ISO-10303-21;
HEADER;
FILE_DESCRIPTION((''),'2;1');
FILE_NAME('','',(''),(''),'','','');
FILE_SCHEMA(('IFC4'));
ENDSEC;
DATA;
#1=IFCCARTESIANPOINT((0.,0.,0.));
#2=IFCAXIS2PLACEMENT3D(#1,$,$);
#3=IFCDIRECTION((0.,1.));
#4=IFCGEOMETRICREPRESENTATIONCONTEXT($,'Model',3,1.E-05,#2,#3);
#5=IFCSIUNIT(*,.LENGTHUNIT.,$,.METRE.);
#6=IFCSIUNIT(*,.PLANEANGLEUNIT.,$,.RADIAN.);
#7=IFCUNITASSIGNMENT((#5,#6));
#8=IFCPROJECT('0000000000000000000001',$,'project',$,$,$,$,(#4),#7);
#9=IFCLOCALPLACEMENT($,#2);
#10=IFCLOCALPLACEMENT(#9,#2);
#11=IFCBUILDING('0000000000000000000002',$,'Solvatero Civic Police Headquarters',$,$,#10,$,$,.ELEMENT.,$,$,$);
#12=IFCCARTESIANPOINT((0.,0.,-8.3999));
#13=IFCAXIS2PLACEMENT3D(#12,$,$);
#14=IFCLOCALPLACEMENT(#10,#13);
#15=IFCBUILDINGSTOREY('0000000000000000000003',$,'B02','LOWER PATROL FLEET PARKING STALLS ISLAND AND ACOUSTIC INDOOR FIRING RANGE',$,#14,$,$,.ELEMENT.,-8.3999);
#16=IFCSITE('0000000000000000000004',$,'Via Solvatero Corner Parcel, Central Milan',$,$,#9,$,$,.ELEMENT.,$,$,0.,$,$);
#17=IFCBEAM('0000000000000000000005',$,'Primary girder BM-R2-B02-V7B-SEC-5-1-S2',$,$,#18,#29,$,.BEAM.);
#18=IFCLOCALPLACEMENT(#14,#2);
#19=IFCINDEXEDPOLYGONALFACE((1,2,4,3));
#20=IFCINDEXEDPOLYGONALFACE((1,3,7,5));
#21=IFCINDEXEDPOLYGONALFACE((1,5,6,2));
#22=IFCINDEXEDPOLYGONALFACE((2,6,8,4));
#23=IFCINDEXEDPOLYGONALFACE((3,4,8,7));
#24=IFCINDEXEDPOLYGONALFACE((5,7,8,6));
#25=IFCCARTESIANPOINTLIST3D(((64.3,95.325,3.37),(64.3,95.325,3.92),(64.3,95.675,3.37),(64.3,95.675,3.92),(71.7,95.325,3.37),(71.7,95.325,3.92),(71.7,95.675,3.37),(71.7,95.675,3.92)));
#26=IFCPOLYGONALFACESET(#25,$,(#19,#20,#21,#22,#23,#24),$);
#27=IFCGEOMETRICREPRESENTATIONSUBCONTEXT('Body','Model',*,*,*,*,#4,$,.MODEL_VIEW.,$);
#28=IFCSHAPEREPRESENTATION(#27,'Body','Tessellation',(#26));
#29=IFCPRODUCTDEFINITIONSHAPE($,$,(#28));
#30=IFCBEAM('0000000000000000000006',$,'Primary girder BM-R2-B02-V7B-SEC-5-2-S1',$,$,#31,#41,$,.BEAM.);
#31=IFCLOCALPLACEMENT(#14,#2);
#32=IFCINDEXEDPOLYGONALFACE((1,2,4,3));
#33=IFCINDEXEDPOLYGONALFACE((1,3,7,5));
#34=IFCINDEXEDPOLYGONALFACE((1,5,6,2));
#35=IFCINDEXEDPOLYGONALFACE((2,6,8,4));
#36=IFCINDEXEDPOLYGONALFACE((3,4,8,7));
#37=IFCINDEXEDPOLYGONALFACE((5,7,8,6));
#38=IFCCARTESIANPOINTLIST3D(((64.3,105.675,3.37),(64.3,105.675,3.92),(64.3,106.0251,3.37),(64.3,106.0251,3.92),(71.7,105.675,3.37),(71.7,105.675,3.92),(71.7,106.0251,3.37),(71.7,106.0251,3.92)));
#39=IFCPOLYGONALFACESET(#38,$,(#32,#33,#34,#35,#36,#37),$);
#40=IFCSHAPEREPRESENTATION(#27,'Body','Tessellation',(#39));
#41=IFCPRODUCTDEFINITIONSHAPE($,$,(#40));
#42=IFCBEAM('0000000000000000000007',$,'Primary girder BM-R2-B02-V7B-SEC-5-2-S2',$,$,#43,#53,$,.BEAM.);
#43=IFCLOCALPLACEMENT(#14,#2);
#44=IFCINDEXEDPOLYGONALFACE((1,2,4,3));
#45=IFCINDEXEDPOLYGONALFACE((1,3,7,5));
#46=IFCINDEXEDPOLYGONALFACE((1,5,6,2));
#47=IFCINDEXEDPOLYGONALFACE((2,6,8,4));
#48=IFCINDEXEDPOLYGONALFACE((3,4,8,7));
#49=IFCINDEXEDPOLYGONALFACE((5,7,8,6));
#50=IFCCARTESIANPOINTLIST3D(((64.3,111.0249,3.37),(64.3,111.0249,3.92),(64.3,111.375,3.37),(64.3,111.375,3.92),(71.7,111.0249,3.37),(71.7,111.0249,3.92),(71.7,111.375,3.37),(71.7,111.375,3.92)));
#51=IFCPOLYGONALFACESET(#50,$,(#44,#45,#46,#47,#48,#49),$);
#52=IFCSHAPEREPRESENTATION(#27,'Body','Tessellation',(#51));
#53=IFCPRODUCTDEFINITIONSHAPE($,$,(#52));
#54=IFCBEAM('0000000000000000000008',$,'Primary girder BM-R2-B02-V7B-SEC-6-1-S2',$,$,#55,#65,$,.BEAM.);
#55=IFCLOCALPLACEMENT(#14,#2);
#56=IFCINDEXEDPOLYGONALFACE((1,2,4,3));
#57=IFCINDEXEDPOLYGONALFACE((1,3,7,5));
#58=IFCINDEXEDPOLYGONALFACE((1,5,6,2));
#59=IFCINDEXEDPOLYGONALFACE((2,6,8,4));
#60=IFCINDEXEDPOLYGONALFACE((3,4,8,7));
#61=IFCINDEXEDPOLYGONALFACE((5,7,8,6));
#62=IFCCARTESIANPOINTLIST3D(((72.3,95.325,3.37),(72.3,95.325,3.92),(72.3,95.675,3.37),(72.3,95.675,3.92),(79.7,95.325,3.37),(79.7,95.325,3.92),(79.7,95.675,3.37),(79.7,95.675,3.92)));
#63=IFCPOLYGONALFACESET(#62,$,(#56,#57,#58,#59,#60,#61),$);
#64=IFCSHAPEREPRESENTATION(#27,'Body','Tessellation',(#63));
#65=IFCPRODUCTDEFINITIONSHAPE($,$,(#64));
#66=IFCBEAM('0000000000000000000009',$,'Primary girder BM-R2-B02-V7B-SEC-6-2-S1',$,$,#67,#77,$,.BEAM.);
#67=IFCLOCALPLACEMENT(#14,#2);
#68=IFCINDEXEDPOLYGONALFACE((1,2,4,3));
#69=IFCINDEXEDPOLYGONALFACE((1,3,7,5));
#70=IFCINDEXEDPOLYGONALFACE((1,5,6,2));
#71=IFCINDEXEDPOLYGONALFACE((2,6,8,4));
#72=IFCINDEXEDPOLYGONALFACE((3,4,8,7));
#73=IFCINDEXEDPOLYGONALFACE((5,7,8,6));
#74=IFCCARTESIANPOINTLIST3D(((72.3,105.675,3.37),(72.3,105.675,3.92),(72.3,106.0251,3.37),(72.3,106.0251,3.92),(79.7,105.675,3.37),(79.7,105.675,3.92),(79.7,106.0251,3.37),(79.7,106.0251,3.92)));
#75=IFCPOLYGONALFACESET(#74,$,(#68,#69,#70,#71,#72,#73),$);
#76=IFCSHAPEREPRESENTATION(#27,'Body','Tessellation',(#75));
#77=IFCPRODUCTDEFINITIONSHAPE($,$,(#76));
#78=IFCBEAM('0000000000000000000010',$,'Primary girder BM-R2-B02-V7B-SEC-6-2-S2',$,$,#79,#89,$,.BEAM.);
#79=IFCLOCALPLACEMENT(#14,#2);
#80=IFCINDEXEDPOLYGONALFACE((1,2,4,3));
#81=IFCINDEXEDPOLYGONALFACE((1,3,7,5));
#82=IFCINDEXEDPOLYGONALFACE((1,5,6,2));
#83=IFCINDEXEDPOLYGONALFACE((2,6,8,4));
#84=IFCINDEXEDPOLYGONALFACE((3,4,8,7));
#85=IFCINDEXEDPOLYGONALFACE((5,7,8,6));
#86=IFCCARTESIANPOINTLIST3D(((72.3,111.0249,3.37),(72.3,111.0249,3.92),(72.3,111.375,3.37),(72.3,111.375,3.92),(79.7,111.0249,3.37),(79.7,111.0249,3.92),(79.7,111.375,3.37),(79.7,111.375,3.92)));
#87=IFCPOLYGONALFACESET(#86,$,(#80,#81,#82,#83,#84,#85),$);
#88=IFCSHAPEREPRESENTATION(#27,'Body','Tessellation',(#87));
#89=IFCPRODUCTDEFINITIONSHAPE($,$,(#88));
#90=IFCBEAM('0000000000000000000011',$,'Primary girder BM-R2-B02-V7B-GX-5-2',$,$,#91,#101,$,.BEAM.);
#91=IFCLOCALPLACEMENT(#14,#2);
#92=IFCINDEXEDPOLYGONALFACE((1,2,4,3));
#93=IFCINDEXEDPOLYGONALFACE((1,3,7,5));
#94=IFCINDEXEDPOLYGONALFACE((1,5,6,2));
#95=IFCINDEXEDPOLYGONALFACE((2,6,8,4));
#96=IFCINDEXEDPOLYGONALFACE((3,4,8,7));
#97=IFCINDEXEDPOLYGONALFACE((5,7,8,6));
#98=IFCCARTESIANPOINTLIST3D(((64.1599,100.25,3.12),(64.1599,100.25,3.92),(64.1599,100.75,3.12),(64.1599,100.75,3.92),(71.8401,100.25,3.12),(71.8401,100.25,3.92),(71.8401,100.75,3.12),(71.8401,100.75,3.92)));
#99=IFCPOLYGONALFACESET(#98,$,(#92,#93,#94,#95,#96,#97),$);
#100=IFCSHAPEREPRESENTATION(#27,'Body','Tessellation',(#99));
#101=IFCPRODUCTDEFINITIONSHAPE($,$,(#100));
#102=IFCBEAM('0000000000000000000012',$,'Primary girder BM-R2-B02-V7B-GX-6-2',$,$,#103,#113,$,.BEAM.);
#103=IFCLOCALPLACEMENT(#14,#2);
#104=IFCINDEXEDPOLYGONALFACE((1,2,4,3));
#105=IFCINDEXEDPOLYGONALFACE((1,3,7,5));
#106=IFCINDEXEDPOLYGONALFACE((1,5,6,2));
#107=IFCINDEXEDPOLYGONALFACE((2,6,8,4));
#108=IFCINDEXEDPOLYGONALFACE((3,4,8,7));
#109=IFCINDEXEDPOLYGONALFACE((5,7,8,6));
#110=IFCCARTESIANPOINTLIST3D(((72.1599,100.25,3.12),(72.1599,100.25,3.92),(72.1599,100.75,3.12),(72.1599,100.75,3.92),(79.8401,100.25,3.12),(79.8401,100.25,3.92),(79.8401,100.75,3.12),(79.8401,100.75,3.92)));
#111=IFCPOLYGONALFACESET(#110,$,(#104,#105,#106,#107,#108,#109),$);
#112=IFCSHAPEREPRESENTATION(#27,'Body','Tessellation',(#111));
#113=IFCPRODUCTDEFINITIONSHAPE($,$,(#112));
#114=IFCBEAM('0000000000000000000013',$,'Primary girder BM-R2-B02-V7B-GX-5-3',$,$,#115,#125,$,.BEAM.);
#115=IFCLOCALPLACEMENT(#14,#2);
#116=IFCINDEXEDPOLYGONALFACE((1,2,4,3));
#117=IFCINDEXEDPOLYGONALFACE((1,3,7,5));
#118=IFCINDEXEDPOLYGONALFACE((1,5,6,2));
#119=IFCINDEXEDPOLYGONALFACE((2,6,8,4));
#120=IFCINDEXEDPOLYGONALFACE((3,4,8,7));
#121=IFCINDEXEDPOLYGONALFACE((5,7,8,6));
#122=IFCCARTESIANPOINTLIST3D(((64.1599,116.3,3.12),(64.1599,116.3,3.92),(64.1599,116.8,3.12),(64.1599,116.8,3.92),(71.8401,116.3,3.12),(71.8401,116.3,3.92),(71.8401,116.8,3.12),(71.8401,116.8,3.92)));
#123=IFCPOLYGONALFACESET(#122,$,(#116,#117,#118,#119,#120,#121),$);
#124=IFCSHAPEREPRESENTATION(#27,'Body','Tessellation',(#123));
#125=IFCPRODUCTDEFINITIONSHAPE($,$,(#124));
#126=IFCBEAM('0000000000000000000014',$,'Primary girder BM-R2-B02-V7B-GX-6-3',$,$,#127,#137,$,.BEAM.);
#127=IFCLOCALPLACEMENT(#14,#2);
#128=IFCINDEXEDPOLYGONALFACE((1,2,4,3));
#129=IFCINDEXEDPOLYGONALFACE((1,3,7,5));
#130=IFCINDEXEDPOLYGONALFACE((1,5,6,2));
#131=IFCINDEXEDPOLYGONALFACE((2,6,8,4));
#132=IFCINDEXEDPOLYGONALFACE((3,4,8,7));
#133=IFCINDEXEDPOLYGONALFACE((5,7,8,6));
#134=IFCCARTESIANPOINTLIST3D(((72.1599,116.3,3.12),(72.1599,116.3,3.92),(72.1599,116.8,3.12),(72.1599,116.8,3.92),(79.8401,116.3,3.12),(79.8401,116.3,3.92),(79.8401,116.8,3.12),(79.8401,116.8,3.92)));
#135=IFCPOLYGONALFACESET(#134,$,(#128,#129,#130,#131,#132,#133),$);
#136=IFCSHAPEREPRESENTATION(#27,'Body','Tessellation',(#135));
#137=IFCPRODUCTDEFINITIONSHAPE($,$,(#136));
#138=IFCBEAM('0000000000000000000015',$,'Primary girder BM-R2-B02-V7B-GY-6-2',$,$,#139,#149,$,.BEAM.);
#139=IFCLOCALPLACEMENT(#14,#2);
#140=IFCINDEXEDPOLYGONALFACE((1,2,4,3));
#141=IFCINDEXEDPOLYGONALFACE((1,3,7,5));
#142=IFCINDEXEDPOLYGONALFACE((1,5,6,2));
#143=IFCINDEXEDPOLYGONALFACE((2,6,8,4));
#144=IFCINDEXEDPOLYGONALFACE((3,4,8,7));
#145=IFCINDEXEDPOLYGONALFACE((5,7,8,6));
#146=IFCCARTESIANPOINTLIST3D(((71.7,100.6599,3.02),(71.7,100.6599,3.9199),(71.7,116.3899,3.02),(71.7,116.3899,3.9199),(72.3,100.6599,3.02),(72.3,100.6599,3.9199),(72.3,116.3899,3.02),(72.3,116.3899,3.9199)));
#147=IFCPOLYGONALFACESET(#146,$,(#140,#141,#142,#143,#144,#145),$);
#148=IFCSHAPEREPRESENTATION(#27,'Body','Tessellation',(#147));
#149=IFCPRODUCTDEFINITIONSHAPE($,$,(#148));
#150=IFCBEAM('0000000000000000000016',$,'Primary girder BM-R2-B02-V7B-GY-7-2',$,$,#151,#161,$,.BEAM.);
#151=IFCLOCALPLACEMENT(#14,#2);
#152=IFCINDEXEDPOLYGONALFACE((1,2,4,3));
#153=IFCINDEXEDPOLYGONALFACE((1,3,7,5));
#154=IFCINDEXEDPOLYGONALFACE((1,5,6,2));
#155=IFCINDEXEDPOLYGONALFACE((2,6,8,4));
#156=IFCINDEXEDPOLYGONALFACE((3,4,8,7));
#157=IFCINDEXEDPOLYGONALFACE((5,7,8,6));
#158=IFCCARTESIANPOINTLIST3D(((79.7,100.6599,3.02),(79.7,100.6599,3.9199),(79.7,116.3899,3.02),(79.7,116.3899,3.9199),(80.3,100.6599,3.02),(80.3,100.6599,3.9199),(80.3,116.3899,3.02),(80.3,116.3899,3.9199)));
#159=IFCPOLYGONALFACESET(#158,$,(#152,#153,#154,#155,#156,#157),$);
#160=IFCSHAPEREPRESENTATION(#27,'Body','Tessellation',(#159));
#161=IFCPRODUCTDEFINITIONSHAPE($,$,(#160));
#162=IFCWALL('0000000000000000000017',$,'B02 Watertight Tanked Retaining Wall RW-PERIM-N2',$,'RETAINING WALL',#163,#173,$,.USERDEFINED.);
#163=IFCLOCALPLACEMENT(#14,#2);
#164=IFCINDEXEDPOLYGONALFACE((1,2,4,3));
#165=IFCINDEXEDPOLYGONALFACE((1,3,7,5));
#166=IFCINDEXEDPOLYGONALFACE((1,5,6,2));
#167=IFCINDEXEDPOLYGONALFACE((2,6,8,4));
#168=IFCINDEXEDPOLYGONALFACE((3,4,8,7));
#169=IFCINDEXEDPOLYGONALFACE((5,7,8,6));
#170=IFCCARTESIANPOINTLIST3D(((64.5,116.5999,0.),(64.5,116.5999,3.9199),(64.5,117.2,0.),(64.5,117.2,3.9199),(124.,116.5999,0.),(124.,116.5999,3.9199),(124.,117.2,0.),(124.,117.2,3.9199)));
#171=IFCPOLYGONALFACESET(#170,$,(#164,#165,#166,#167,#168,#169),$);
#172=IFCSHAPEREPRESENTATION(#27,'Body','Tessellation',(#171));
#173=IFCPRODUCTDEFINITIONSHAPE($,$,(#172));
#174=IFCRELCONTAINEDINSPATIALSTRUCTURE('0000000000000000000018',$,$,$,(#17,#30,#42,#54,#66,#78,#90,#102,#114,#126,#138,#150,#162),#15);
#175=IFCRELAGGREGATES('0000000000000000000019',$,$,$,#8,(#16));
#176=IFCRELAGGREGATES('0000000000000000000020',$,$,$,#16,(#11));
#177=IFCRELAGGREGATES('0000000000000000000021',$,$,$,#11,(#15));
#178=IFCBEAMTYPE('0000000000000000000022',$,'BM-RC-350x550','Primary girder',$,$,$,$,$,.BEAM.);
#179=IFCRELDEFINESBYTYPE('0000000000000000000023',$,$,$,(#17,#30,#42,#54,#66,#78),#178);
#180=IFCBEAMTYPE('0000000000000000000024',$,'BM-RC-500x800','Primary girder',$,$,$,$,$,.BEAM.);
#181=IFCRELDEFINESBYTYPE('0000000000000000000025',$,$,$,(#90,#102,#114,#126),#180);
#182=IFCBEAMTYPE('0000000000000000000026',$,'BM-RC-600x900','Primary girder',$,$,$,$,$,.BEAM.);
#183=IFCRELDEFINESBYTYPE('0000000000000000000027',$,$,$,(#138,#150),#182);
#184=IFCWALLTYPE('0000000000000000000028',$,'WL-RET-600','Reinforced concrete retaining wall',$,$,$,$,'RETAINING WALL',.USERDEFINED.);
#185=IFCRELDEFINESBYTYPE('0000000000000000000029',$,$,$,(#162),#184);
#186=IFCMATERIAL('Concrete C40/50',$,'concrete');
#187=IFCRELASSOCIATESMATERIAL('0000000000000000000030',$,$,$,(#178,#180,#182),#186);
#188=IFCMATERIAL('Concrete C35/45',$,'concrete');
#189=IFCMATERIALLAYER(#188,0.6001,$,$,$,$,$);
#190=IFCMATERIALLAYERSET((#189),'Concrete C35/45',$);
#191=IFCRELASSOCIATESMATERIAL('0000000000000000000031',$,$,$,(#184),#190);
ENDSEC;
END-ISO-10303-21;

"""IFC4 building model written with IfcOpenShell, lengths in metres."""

from ifc_helpers import new_model, si_unit, direction, frame, frame_2d, origin, origin_2d, place, context, subcontext, project, spatial, rectangle, extrude, material, layer, layer_set, material_profile, profile_set, type_object, element, save


model = new_model("IFC4")

# Units and contexts
model_context = context("Model", 3, precision=1e-05, world=origin(), true_north=direction((0.0, 1.0)))
body_context = subcontext(model_context, "Body", "Model", "MODEL_VIEW")
ifc_project = project(units=[si_unit("LENGTHUNIT", "METRE"), si_unit("PLANEANGLEUNIT", "RADIAN")], contexts=[model_context])

# Site, building, storey
site_placement = place(None, origin())
site = spatial("IfcSite", under=ifc_project, at=site_placement, Name="Via Solvatero Corner Parcel, Central Milan", CompositionType="ELEMENT", RefElevation=0.0)
building_placement = place(site_placement, origin())
building = spatial("IfcBuilding", under=site, at=building_placement, Name="Solvatero Civic Police Headquarters", CompositionType="ELEMENT")
storey_placement = place(building_placement, frame((0.0, 0.0, -8.3999)))
storey = spatial("IfcBuildingStorey", under=building, at=storey_placement, Name="B02", Description="LOWER PATROL FLEET PARKING STALLS ISLAND AND ACOUSTIC INDOOR FIRING RANGE", CompositionType="ELEMENT", Elevation=-8.3999)

# Shared definitions
ifc_material_1 = material(Name="Concrete C35/45", Category="concrete")

# Shared definitions
ifc_material_2 = material(Name="Concrete C40/50", Category="concrete")

# Beams
ifc_material_profile_1 = material_profile(ifc_material_2, rectangle(XDim=0.3501, YDim=0.55, at=origin_2d()), Name="RC 350x550")
ifc_profile_set_1 = profile_set([ifc_material_profile_1], Name="Concrete C40/50")
beam_type_1 = type_object("IfcBeamType", Name="BM-RC-350x550", Description="Primary girder", PredefinedType="BEAM", material=ifc_profile_set_1)
for number, where, z_axis, x_axis, name in (
    (1, (64.3, 95.5, 3.645), (1.0, 0.0, 0.0), (0.0, 1.0, 0.0), "Primary girder BM-R2-B02-V7B-SEC-5-1-S2"),
    (2, (64.3, 105.8501, 3.645), (1.0, 0.0, 0.0), (0.0, 1.0, 0.0), "Primary girder BM-R2-B02-V7B-SEC-5-2-S1"),
    (3, (64.3, 111.2, 3.645), (1.0, 0.0, 0.0), (0.0, 1.0, 0.0), "Primary girder BM-R2-B02-V7B-SEC-5-2-S2"),
    (4, (72.3, 95.5, 3.645), (1.0, 0.0, 0.0), (0.0, 1.0, 0.0), "Primary girder BM-R2-B02-V7B-SEC-6-1-S2"),
    (5, (72.3, 105.8501, 3.645), (1.0, 0.0, 0.0), (0.0, 1.0, 0.0), "Primary girder BM-R2-B02-V7B-SEC-6-2-S1"),
    (6, (72.3, 111.2, 3.645), (1.0, 0.0, 0.0), (0.0, 1.0, 0.0), "Primary girder BM-R2-B02-V7B-SEC-6-2-S2"),
):
    element("IfcBeam", number, at=place(storey_placement, frame(where, z_axis=z_axis, x_axis=x_axis)), inside=storey, type_object=beam_type_1, Name=name, PredefinedType="BEAM", context=body_context, shape_type="SweptSolid", body=[
        extrude(rectangle(XDim=0.3501, YDim=0.55, at=origin_2d()), origin(), (0.0, 0.0, 1.0), 7.3999),
    ])
ifc_material_profile_2 = material_profile(ifc_material_2, rectangle(XDim=0.5, YDim=0.8, at=origin_2d()), Name="RC 500x800")
ifc_profile_set_2 = profile_set([ifc_material_profile_2], Name="Concrete C40/50")
beam_type_2 = type_object("IfcBeamType", Name="BM-RC-500x800", Description="Primary girder", PredefinedType="BEAM", material=ifc_profile_set_2)
for number, where, z_axis, x_axis, name in (
    (7, (64.1599, 100.5, 3.52), (1.0, 0.0, 0.0), (0.0, 1.0, 0.0), "Primary girder BM-R2-B02-V7B-GX-5-2"),
    (8, (72.1599, 100.5, 3.52), (1.0, 0.0, 0.0), (0.0, 1.0, 0.0), "Primary girder BM-R2-B02-V7B-GX-6-2"),
    (9, (64.1599, 116.55, 3.52), (1.0, 0.0, 0.0), (0.0, 1.0, 0.0), "Primary girder BM-R2-B02-V7B-GX-5-3"),
    (10, (72.1599, 116.55, 3.52), (1.0, 0.0, 0.0), (0.0, 1.0, 0.0), "Primary girder BM-R2-B02-V7B-GX-6-3"),
):
    element("IfcBeam", number, at=place(storey_placement, frame(where, z_axis=z_axis, x_axis=x_axis)), inside=storey, type_object=beam_type_2, Name=name, PredefinedType="BEAM", context=body_context, shape_type="SweptSolid", body=[
        extrude(rectangle(XDim=0.5, YDim=0.8, at=origin_2d()), origin(), (0.0, 0.0, 1.0), 7.6802),
    ])
ifc_material_profile_3 = material_profile(ifc_material_2, rectangle(XDim=0.6001, YDim=0.8999, at=origin_2d()), Name="RC 600x900")
ifc_profile_set_3 = profile_set([ifc_material_profile_3], Name="Concrete C40/50")
beam_type_3 = type_object("IfcBeamType", Name="BM-RC-600x900", Description="Primary girder", PredefinedType="BEAM", material=ifc_profile_set_3)
for number, where, z_axis, x_axis, name in (
    (11, (72.0, 100.6599, 3.47), (0.0, 1.0, 0.0), (-1.0, 0.0, 0.0), "Primary girder BM-R2-B02-V7B-GY-6-2"),
    (12, (80.0, 100.6599, 3.47), (0.0, 1.0, 0.0), (-1.0, 0.0, 0.0), "Primary girder BM-R2-B02-V7B-GY-7-2"),
):
    element("IfcBeam", number, at=place(storey_placement, frame(where, z_axis=z_axis, x_axis=x_axis)), inside=storey, type_object=beam_type_3, Name=name, PredefinedType="BEAM", context=body_context, shape_type="SweptSolid", body=[
        extrude(rectangle(XDim=0.6001, YDim=0.8999, at=origin_2d()), origin(), (0.0, 0.0, 1.0), 15.73),
    ])

# Wall
ifc_layer = layer(ifc_material_1, 0.6001)
ifc_layer_set = layer_set([ifc_layer], Name="Concrete C35/45")
wall_type = type_object("IfcWallType", Name="WL-RET-600", Description="Reinforced concrete retaining wall", ElementType="RETAINING WALL", PredefinedType="USERDEFINED", material=ifc_layer_set)
wall_placement = place(storey_placement, frame((64.5, 116.8999, 0.0), z_axis=(0.0, 0.0, 1.0), x_axis=(1.0, 0.0, 0.0)))
element("IfcWall", 13, at=wall_placement, inside=storey, type_object=wall_type, Name="B02 Watertight Tanked Retaining Wall RW-PERIM-N2", ObjectType="RETAINING WALL", PredefinedType="USERDEFINED", context=body_context, shape_type="SweptSolid", body=[
    extrude(rectangle(XDim=59.5, YDim=0.6001, at=frame_2d((29.75, 0.0))), origin(), (0.0, 0.0, 1.0), 3.9199),
])

save(model, "model.ifc")
